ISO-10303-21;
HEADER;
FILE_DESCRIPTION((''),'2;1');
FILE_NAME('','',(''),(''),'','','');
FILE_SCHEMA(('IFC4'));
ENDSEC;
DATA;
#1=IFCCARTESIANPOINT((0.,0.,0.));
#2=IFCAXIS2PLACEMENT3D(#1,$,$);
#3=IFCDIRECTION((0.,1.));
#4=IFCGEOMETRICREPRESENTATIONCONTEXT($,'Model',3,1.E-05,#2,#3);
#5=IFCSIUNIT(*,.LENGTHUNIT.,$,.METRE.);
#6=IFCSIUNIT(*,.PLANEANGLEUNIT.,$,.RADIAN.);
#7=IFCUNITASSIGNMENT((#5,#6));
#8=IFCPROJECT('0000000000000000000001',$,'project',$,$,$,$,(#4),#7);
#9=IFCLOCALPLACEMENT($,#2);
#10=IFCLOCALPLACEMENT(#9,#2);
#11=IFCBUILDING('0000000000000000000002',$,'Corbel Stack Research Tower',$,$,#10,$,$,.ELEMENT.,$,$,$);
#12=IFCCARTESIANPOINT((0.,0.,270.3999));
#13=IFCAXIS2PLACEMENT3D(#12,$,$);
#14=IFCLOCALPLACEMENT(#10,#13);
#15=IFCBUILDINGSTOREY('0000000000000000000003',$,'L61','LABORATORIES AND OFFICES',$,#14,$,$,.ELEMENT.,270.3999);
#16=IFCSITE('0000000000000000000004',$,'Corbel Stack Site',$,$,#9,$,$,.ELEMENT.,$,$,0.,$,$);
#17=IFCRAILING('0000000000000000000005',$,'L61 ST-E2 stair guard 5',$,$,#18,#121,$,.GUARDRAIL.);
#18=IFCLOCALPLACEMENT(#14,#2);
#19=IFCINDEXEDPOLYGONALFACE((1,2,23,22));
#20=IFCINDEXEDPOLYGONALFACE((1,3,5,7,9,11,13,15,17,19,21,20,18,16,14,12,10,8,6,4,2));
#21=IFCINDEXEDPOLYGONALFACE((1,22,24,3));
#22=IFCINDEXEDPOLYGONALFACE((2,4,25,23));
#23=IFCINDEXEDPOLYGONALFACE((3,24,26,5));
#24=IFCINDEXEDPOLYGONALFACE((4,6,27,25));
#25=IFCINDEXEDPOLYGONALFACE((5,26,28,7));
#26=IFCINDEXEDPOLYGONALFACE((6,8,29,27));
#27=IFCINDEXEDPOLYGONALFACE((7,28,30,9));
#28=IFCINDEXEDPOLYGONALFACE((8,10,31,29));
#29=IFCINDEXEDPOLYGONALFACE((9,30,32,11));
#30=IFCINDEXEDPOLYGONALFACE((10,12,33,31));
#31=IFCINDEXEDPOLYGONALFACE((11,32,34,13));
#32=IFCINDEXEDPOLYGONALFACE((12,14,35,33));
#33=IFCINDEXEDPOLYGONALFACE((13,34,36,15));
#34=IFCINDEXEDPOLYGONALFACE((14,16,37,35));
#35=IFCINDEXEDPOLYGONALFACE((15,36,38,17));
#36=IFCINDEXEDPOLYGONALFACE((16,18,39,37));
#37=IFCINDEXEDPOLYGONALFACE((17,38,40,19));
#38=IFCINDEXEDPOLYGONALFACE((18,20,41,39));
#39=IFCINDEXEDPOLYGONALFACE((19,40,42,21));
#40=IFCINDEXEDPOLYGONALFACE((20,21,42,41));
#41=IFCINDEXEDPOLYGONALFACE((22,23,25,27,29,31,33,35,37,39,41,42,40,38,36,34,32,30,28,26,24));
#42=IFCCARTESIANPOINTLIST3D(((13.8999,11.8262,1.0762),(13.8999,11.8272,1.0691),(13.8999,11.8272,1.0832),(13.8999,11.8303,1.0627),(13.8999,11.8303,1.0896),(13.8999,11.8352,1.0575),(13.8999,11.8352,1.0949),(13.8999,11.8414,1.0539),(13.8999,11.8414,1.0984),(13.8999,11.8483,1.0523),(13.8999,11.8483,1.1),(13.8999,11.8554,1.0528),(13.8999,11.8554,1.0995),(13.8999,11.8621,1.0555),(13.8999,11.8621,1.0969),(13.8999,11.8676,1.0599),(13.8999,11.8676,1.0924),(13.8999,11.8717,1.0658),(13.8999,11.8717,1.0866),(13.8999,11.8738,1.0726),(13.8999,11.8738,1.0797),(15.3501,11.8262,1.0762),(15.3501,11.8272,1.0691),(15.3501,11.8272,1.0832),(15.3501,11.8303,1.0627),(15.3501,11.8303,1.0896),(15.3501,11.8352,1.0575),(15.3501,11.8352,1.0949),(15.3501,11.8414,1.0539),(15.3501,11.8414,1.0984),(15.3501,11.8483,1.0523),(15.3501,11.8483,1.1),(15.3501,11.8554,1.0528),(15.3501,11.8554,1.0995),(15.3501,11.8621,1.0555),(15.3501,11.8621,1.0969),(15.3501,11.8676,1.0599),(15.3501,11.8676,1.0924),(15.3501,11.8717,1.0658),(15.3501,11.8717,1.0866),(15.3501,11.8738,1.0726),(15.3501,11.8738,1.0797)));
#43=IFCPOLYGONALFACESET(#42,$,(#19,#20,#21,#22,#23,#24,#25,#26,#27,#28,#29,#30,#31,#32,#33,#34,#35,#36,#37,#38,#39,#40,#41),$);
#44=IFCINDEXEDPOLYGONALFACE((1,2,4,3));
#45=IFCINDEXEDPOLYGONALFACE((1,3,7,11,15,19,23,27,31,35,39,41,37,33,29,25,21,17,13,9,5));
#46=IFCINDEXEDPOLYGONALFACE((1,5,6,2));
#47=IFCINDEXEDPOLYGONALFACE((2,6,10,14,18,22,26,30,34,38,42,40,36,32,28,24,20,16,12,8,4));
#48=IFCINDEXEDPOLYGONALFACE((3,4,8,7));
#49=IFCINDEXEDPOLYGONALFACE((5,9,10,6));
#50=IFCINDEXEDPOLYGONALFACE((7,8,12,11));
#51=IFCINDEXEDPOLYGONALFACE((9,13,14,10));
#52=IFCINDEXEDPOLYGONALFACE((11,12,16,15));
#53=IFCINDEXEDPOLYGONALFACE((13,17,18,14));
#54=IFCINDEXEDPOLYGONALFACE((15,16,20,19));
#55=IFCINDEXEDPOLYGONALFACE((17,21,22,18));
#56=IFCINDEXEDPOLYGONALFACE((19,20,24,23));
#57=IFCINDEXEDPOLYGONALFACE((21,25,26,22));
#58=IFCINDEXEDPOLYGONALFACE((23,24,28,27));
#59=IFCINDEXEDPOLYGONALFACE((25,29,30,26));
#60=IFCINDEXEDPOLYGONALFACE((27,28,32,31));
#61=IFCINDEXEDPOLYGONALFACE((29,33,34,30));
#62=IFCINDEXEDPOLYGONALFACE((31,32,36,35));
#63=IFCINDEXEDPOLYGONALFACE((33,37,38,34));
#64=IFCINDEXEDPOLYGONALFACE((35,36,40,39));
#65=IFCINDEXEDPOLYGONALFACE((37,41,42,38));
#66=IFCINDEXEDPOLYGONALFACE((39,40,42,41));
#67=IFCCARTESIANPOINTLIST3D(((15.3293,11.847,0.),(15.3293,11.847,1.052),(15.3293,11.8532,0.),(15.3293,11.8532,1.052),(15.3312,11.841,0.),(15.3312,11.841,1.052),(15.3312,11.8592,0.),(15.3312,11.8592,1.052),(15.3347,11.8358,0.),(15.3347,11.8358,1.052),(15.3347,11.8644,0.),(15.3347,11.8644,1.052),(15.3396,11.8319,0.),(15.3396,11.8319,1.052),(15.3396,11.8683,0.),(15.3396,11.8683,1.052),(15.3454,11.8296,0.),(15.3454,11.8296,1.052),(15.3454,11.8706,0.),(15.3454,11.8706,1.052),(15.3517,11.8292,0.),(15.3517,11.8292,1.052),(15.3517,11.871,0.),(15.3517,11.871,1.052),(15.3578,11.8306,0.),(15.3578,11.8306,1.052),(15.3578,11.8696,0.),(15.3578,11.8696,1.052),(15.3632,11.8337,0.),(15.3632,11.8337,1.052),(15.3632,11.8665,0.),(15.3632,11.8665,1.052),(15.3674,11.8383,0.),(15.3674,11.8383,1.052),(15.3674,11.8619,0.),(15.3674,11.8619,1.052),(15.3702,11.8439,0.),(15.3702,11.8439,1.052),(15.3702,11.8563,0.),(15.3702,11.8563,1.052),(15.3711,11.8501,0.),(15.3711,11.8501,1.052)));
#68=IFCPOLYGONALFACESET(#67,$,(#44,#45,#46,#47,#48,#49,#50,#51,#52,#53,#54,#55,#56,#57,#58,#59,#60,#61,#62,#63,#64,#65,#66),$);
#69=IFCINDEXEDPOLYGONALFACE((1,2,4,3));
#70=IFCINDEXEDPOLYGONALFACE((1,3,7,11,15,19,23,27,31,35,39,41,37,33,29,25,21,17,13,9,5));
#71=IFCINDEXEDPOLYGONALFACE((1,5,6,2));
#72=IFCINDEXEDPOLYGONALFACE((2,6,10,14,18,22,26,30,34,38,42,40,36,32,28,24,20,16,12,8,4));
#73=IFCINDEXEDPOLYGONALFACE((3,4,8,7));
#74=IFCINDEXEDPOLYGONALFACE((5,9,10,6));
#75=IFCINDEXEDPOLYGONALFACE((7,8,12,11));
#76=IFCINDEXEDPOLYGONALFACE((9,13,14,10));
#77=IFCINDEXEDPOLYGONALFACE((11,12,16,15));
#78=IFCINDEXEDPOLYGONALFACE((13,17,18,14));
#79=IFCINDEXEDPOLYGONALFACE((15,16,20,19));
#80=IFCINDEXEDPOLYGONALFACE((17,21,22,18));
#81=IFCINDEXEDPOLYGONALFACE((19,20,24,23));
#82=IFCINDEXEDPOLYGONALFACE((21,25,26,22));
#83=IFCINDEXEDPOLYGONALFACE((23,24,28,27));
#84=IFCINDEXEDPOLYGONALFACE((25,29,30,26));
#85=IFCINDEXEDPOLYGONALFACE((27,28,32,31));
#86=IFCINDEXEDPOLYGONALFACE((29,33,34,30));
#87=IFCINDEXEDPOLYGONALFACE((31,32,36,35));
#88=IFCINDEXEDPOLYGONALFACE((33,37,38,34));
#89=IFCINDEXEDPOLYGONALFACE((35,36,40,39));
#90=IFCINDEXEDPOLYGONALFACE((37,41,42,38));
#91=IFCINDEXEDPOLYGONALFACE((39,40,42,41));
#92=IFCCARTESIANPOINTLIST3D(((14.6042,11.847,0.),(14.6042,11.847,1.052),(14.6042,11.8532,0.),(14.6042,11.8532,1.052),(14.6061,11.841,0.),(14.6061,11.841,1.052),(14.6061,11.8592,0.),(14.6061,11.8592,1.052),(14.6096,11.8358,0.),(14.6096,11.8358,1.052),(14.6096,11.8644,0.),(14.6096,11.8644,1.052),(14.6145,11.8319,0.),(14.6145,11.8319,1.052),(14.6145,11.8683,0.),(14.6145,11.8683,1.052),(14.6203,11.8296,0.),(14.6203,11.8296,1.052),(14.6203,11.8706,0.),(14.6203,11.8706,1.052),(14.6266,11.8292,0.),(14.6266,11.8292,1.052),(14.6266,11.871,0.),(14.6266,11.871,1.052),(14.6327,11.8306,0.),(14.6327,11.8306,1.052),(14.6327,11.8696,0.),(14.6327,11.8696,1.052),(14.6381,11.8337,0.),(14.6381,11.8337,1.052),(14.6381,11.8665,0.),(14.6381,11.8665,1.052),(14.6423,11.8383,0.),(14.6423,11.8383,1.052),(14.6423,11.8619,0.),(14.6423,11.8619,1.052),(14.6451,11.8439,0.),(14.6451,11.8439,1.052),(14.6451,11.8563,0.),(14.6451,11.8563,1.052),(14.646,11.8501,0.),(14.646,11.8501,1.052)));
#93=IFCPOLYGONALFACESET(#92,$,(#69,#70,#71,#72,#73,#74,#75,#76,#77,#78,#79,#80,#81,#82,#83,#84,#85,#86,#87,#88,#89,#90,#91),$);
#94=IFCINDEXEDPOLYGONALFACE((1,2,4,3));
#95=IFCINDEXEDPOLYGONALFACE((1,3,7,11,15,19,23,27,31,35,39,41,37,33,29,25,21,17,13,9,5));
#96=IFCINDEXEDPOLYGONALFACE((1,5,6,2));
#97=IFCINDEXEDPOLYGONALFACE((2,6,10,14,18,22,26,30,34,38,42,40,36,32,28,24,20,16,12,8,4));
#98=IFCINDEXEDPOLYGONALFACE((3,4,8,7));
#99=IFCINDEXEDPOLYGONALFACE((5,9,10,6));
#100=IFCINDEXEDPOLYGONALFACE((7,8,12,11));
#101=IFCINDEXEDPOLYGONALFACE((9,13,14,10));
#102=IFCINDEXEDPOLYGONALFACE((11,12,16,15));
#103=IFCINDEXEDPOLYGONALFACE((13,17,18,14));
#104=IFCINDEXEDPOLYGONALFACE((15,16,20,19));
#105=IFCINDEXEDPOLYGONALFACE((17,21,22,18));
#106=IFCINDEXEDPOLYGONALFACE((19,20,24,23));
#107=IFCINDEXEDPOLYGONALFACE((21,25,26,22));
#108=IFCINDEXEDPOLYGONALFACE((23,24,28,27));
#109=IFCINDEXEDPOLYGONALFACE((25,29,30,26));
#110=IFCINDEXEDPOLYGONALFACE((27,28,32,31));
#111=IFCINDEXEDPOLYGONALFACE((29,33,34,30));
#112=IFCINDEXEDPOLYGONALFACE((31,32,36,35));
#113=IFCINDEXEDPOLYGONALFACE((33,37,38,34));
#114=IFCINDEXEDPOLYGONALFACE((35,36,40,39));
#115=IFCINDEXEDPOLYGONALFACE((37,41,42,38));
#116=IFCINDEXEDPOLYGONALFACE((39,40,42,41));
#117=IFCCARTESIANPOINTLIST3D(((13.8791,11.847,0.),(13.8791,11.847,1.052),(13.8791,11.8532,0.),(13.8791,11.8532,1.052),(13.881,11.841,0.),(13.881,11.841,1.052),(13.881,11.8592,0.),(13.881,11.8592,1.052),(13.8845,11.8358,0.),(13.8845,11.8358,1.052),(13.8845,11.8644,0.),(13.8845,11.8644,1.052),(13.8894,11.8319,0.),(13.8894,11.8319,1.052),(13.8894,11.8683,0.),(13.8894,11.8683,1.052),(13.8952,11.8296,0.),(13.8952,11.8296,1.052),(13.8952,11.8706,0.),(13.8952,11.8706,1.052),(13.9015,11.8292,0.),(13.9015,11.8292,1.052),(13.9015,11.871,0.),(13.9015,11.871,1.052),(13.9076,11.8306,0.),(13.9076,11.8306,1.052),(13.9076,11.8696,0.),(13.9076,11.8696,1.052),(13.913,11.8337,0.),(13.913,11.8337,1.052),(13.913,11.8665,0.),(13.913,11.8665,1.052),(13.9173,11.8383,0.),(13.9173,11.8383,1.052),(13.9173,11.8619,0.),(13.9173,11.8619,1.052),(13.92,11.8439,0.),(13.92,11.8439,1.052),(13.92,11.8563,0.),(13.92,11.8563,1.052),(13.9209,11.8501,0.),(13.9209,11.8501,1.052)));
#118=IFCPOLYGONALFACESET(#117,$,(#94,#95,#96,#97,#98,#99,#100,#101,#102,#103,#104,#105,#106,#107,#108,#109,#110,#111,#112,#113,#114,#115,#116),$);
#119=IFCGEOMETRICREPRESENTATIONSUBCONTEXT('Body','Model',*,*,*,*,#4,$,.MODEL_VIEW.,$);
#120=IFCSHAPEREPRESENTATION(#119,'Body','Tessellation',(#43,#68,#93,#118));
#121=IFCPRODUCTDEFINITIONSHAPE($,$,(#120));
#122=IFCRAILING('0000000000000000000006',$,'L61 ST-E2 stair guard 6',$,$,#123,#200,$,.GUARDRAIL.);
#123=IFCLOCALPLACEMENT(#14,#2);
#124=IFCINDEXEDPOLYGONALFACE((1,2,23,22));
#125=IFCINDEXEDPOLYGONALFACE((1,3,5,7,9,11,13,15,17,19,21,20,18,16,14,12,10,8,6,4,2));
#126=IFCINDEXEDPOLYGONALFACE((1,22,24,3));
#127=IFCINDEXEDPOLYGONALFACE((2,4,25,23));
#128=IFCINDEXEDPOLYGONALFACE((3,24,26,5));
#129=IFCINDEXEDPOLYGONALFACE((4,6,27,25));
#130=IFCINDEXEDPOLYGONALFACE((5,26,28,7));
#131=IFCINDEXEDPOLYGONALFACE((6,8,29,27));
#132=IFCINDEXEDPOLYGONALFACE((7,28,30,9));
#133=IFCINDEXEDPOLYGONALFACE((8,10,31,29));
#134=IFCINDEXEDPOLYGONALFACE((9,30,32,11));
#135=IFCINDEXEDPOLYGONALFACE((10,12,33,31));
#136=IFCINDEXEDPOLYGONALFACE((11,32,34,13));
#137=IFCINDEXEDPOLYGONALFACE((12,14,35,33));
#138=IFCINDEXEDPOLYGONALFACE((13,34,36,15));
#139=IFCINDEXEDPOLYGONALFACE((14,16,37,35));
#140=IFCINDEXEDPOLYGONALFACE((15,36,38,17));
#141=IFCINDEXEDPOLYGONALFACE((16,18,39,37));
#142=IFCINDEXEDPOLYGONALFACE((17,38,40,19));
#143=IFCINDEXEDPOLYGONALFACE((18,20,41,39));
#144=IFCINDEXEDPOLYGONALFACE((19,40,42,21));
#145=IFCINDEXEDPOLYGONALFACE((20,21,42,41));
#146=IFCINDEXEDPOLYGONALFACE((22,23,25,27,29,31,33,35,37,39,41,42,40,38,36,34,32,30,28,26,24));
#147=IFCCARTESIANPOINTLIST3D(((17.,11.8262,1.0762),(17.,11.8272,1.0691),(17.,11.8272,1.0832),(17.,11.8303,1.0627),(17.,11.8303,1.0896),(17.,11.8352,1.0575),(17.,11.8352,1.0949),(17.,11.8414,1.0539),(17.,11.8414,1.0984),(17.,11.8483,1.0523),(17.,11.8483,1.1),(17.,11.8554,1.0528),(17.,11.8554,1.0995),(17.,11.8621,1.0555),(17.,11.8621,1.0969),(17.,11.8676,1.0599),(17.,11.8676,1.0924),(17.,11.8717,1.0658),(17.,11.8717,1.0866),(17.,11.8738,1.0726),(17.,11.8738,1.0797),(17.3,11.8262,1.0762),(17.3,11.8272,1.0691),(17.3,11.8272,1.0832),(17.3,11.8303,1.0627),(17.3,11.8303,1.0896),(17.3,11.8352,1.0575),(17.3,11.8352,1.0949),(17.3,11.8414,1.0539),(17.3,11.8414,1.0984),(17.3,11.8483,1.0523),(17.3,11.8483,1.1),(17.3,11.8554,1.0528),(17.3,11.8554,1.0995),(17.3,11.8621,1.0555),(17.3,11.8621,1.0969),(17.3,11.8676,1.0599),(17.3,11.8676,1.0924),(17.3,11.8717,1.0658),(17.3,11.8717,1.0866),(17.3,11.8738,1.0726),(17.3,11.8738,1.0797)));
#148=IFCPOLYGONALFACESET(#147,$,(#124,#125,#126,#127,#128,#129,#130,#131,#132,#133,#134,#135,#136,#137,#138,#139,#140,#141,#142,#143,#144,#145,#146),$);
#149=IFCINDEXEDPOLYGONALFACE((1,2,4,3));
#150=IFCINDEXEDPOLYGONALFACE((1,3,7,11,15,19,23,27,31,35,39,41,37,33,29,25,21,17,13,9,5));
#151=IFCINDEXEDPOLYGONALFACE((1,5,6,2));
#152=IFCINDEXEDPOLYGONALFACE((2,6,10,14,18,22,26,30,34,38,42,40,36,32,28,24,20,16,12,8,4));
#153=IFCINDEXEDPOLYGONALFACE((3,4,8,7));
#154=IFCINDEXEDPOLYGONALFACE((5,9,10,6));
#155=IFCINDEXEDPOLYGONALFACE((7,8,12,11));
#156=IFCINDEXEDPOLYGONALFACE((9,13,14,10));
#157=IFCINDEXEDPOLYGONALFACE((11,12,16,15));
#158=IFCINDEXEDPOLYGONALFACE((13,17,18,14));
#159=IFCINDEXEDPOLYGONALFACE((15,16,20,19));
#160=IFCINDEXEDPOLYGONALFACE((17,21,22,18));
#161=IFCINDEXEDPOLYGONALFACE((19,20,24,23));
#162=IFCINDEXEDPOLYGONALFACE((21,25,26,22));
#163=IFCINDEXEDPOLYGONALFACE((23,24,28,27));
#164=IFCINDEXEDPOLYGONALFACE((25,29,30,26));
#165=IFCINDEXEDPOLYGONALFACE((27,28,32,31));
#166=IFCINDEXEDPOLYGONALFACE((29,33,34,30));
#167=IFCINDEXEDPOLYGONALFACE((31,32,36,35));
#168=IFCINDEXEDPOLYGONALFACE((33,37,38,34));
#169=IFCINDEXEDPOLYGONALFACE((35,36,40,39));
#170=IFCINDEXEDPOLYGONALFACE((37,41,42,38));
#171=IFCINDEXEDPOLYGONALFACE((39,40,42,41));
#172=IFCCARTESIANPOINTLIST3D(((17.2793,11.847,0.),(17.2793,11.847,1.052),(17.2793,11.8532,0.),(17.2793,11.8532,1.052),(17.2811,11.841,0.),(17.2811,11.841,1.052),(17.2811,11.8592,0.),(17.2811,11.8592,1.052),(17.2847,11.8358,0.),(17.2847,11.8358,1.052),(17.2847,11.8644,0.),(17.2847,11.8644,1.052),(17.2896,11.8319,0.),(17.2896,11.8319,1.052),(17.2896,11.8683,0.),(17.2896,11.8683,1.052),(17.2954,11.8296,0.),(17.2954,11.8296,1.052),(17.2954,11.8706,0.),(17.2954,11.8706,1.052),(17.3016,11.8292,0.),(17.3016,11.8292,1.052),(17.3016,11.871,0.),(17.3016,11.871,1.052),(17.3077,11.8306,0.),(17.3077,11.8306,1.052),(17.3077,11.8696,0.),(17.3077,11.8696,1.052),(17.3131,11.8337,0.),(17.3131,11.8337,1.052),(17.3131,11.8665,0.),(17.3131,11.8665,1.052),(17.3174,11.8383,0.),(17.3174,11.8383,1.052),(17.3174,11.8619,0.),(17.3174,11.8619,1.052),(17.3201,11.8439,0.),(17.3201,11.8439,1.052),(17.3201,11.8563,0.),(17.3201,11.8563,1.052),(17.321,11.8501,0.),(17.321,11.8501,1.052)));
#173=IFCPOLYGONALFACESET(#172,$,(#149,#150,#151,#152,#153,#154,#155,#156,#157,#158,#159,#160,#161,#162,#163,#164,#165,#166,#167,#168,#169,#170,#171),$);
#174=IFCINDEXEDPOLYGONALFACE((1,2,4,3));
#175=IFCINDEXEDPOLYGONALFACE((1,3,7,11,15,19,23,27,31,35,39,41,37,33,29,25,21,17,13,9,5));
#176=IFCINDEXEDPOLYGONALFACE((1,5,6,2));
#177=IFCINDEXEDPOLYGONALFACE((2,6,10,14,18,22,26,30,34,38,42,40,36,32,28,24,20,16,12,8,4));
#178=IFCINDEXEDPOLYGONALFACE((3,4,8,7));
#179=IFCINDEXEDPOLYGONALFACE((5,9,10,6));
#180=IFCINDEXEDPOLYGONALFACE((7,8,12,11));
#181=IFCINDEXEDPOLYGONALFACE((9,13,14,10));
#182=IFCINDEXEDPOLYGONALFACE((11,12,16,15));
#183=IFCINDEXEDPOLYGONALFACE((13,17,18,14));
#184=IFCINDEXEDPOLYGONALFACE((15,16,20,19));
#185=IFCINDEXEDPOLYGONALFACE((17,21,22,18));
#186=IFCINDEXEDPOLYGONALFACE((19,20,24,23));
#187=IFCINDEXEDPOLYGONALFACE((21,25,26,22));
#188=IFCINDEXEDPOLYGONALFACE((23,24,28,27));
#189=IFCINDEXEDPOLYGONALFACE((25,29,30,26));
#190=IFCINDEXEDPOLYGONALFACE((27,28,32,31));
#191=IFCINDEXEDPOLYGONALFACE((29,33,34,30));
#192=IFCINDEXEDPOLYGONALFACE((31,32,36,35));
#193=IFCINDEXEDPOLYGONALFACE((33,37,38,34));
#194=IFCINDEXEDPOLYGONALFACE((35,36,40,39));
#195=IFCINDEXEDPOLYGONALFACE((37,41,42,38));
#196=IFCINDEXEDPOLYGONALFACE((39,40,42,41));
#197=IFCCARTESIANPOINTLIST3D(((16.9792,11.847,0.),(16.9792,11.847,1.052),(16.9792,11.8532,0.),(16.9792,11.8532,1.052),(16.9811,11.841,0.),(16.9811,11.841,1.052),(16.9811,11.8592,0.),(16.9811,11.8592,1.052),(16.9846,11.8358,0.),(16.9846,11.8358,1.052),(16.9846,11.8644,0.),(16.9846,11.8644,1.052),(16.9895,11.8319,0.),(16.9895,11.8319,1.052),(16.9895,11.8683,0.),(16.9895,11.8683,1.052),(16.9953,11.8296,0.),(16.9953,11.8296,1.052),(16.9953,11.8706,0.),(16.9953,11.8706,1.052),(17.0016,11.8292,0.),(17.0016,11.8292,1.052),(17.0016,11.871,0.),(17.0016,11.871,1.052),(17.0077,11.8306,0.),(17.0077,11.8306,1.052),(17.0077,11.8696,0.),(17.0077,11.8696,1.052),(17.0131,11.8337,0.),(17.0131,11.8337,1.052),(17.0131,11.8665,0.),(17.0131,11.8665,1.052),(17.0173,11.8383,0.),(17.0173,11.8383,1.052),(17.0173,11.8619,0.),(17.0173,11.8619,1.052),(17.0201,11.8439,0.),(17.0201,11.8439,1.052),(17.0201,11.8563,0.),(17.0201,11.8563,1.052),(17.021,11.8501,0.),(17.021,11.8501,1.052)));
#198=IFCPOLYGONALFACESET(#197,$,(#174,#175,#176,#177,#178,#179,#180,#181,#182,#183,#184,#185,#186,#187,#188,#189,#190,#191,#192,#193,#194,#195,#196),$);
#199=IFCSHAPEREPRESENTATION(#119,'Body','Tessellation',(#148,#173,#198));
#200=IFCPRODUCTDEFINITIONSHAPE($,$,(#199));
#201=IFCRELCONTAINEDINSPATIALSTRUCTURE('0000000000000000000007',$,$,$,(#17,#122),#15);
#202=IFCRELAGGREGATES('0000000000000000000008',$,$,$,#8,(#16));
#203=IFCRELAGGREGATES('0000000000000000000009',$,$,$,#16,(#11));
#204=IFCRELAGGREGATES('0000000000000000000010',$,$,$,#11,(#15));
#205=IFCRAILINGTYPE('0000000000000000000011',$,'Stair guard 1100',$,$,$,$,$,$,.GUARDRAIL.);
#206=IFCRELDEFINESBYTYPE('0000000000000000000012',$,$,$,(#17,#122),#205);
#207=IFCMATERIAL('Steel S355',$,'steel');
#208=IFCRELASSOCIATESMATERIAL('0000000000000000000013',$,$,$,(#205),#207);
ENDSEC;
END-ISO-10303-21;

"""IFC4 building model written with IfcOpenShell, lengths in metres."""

from ifc_helpers import new_model, si_unit, direction, frame, origin, origin_2d, place, context, subcontext, project, spatial, circle, extrude, material, type_object, element, save


model = new_model("IFC4")

# Units and contexts
model_context = context("Model", 3, precision=1e-05, world=origin(), true_north=direction((0.0, 1.0)))
body_context = subcontext(model_context, "Body", "Model", "MODEL_VIEW")
ifc_project = project(units=[si_unit("LENGTHUNIT", "METRE"), si_unit("PLANEANGLEUNIT", "RADIAN")], contexts=[model_context])

# Site, building, storey
site_placement = place(None, origin())
site = spatial("IfcSite", under=ifc_project, at=site_placement, Name="Corbel Stack Site", CompositionType="ELEMENT", RefElevation=0.0)
building_placement = place(site_placement, origin())
building = spatial("IfcBuilding", under=site, at=building_placement, Name="Corbel Stack Research Tower", CompositionType="ELEMENT")
storey_placement = place(building_placement, frame((0.0, 0.0, 270.3999)))
storey = spatial("IfcBuildingStorey", under=building, at=storey_placement, Name="L61", Description="LABORATORIES AND OFFICES", CompositionType="ELEMENT", Elevation=270.3999)

# Railings
ifc_material_1 = material(Name="Steel S355", Category="steel")
railing_type_1 = type_object("IfcRailingType", Name="Stair guard 1100", PredefinedType="GUARDRAIL", material=ifc_material_1)
railing_1_placement = place(storey_placement, frame((15.3501, 11.8501, 0.0)))
element("IfcRailing", 1, at=railing_1_placement, inside=storey, type_object=railing_type_1, Name="L61 ST-E2 stair guard 5", PredefinedType="GUARDRAIL", context=body_context, shape_type="SweptSolid", body=[
    extrude(circle(Radius=0.0239, at=origin_2d()), frame((0.0, 0.0, 1.0762), z_axis=(-1.0, 0.0, 0.0), x_axis=(0.0, -1.0, 0.0)), (0.0, 0.0, 1.0), 1.4502),
    extrude(circle(Radius=0.021, at=origin_2d()), origin(), (0.0, 0.0, 1.0), 1.052),
    extrude(circle(Radius=0.021, at=origin_2d()), frame((-0.7251, 0.0, 0.0)), (0.0, 0.0, 1.0), 1.052),
    extrude(circle(Radius=0.021, at=origin_2d()), frame((-1.4502, 0.0, 0.0)), (0.0, 0.0, 1.0), 1.052),
])
railing_2_placement = place(storey_placement, frame((17.3, 11.8501, 0.0)))
element("IfcRailing", 2, at=railing_2_placement, inside=storey, type_object=railing_type_1, Name="L61 ST-E2 stair guard 6", PredefinedType="GUARDRAIL", context=body_context, shape_type="SweptSolid", body=[
    extrude(circle(Radius=0.0239, at=origin_2d()), frame((0.0, 0.0, 1.0762), z_axis=(-1.0, 0.0, 0.0), x_axis=(0.0, -1.0, 0.0)), (0.0, 0.0, 1.0), 0.3),
    extrude(circle(Radius=0.021, at=origin_2d()), origin(), (0.0, 0.0, 1.0), 1.052),
    extrude(circle(Radius=0.021, at=origin_2d()), frame((-0.3, 0.0, 0.0)), (0.0, 0.0, 1.0), 1.052),
])

save(model, "model.ifc")
